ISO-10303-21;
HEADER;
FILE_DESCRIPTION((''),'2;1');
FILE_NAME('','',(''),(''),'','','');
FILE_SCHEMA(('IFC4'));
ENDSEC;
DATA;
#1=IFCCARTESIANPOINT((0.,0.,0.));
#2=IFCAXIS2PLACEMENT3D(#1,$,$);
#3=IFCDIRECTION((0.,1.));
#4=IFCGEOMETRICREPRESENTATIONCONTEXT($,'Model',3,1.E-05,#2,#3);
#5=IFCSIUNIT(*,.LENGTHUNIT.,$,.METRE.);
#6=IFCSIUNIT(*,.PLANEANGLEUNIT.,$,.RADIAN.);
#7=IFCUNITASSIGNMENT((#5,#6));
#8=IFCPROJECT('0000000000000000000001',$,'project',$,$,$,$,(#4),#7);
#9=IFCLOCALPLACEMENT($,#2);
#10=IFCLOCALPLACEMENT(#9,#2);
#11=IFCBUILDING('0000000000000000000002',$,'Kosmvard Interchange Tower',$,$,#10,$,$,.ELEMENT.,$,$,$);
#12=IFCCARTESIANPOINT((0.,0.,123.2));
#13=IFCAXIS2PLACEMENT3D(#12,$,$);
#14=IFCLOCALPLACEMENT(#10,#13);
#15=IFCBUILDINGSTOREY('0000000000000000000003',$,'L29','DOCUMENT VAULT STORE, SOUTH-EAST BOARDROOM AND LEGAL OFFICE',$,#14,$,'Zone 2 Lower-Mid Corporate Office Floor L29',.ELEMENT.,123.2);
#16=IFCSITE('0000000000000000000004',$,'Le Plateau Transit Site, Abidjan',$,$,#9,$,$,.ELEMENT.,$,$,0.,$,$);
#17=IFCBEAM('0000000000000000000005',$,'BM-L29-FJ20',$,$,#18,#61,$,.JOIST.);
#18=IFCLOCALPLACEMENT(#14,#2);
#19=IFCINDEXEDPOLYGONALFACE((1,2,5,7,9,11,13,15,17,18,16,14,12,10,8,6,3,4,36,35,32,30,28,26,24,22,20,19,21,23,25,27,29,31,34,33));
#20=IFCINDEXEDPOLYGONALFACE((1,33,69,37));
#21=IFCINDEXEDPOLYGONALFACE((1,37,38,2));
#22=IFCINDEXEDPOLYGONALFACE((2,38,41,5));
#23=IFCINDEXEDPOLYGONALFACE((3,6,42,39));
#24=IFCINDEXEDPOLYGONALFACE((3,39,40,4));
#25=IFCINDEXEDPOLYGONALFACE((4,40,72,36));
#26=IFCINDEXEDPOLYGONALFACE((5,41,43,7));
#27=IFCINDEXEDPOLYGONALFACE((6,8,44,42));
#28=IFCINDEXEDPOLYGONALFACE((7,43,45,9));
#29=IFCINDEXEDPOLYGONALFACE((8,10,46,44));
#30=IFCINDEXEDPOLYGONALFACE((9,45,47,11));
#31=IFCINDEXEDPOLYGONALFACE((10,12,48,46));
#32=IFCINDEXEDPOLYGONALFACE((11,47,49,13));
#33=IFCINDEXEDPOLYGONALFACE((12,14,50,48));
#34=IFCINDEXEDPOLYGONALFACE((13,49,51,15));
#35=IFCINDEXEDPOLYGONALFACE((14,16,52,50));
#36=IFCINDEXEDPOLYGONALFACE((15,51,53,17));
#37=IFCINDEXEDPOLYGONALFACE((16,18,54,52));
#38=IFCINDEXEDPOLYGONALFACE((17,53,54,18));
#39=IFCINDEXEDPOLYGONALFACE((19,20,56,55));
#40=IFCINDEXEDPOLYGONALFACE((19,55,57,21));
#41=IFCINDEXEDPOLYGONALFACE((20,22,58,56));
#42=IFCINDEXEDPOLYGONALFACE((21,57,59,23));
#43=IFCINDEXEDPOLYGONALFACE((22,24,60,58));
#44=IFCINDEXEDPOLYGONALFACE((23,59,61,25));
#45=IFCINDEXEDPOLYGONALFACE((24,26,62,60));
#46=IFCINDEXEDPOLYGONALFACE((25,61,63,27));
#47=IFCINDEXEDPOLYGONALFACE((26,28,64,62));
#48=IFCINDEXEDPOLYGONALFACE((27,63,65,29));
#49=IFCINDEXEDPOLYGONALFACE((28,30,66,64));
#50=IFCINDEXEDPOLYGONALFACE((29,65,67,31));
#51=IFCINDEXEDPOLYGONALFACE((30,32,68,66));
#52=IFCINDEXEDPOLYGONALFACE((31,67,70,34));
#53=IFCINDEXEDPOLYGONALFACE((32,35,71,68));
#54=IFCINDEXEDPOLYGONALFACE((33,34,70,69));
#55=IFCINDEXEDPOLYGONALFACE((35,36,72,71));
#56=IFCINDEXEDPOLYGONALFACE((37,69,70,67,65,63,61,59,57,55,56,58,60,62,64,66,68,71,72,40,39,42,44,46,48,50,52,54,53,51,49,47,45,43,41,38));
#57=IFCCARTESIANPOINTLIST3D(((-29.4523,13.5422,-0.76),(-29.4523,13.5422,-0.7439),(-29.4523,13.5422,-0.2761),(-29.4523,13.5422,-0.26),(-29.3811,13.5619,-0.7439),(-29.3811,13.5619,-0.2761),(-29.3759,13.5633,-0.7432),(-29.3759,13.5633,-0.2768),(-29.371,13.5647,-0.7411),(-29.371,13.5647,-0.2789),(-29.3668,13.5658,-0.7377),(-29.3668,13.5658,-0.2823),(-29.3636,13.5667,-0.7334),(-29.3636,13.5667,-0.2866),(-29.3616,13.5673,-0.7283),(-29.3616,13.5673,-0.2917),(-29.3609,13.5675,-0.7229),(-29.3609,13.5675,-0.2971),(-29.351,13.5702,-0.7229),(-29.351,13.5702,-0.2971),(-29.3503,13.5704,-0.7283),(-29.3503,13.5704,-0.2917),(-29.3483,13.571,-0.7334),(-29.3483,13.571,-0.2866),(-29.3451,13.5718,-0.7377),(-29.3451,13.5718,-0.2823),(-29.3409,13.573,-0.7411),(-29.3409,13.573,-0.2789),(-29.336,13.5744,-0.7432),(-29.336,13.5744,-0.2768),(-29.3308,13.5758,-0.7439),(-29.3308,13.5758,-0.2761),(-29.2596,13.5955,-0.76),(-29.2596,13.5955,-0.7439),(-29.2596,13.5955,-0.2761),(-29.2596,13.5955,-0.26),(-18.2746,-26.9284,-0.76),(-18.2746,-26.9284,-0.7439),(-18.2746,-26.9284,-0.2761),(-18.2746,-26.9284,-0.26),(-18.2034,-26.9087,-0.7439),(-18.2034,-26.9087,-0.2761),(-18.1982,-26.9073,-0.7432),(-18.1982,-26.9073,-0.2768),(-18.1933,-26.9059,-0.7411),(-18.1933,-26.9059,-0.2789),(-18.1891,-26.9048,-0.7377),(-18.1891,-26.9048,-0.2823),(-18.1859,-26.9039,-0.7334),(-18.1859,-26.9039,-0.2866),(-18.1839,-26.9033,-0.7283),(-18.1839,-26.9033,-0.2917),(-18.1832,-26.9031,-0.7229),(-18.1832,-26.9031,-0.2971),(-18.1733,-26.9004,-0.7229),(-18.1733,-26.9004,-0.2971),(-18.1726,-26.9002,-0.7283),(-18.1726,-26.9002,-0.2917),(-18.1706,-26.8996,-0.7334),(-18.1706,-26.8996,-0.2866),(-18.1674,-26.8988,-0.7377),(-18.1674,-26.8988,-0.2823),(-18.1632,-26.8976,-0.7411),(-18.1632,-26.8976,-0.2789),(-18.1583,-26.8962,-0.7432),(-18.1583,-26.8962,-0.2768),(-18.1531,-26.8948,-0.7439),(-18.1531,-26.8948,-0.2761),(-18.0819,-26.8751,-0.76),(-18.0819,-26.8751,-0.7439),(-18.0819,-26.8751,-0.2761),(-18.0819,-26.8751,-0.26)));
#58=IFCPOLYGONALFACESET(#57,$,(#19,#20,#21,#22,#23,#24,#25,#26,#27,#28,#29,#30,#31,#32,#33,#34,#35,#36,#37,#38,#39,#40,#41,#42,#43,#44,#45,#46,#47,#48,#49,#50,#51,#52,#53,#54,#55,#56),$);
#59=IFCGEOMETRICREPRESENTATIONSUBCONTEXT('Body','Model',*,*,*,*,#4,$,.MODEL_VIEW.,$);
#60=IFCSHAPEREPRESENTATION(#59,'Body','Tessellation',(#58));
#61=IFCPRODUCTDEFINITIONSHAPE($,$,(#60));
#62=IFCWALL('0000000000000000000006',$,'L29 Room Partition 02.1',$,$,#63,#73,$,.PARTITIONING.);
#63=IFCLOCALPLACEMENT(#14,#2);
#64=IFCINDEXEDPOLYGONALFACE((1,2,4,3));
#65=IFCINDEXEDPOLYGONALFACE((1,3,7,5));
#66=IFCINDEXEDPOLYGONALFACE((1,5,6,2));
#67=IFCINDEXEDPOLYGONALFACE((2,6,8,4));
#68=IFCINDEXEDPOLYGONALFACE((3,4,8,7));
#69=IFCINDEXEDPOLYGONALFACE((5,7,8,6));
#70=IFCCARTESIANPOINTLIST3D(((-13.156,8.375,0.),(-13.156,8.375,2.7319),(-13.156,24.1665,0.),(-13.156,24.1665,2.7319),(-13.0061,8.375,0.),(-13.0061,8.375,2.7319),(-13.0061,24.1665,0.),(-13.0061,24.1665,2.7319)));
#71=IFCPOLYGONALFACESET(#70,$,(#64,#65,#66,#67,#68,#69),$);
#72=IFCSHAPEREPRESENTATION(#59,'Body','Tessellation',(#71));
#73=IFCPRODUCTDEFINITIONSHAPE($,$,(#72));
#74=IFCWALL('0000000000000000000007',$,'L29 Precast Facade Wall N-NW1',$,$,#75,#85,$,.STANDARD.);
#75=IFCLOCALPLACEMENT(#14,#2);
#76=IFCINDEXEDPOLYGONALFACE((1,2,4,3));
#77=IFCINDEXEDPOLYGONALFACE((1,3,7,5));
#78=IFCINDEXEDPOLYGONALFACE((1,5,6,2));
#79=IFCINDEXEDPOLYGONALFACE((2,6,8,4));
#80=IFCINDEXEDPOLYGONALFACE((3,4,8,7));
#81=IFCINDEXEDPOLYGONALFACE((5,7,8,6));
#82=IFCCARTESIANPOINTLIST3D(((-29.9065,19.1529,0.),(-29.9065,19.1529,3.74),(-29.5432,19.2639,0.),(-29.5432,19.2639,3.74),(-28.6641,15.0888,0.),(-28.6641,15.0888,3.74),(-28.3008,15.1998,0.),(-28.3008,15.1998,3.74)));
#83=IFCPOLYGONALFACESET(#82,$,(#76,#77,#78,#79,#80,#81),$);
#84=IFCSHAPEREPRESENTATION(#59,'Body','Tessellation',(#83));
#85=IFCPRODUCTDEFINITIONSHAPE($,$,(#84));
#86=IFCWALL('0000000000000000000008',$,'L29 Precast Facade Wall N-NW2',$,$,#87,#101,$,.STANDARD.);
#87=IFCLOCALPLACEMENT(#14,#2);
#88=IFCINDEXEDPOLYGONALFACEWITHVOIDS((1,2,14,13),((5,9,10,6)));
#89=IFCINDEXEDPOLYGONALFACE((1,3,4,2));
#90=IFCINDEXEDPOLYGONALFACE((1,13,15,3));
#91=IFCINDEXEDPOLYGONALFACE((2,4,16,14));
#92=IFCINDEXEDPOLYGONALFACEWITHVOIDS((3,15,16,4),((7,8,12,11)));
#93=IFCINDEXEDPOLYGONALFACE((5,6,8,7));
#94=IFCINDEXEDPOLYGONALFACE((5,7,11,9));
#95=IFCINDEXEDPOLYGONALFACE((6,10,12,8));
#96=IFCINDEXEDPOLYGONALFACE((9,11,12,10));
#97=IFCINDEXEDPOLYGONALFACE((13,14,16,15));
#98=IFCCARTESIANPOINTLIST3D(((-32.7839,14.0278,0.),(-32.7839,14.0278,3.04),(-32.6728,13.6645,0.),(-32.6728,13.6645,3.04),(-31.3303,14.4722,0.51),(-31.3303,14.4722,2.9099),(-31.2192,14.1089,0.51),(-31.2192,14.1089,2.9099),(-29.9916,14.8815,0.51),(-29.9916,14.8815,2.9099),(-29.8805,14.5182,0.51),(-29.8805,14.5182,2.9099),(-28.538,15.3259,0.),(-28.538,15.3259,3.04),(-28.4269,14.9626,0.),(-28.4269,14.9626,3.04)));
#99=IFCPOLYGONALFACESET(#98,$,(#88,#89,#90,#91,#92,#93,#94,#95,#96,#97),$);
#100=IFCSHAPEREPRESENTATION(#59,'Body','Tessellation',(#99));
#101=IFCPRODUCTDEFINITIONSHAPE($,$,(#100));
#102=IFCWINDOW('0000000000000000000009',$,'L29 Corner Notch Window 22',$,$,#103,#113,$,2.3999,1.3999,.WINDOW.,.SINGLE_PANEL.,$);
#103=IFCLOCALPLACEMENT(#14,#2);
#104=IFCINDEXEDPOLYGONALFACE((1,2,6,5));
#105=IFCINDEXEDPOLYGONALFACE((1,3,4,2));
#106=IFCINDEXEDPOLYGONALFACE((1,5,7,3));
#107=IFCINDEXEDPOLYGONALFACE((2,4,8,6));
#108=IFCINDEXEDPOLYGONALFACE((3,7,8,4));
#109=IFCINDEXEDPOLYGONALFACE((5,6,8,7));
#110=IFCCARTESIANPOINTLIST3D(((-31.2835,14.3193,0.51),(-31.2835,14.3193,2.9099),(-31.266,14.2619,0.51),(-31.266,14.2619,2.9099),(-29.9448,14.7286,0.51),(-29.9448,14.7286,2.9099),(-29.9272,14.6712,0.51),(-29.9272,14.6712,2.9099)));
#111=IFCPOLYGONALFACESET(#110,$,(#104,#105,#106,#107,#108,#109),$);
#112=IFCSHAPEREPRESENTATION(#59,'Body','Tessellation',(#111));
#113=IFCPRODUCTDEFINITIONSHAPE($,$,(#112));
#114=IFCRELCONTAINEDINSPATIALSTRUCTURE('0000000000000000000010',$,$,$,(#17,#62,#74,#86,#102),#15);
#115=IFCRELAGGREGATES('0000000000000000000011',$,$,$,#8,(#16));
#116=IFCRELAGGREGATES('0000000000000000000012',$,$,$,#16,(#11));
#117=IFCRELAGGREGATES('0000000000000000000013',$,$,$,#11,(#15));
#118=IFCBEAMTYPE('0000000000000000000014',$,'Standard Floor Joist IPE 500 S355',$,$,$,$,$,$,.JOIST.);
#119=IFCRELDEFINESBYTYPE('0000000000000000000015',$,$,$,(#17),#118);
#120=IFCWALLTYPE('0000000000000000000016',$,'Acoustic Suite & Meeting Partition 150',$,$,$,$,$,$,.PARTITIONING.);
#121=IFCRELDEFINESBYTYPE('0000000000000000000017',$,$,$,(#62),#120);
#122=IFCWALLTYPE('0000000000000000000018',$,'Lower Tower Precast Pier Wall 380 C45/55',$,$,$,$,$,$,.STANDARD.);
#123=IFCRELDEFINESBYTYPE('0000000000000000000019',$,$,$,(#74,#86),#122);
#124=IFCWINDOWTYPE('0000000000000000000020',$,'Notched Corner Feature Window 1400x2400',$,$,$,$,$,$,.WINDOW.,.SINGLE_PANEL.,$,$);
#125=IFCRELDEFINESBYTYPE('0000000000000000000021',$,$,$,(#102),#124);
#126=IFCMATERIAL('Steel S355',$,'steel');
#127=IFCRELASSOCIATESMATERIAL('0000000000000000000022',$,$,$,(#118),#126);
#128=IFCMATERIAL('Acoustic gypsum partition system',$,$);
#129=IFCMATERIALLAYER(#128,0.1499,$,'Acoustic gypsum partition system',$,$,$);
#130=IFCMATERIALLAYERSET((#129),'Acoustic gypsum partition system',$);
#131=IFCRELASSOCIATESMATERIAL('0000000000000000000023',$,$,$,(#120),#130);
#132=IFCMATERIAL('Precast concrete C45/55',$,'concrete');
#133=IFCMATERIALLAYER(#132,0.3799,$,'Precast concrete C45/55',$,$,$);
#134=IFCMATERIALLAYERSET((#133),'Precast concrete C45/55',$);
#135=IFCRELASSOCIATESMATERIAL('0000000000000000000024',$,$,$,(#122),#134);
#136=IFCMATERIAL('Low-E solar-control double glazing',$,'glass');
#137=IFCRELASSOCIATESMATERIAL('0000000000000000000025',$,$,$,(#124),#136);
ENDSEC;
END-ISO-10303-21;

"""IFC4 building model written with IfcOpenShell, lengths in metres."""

from ifc_helpers import new_model, si_unit, direction, frame, frame_2d, origin, origin_2d, place, context, subcontext, project, spatial, rectangle, i_section, extrude, source, transform, mapped, material, layer, layer_set, material_profile, profile_set, type_object, element, fill, save


model = new_model("IFC4")

# Units and contexts
model_context = context("Model", 3, precision=1e-05, world=origin(), true_north=direction((0.0, 1.0)))
body_context = subcontext(model_context, "Body", "Model", "MODEL_VIEW")
ifc_project = project(units=[si_unit("LENGTHUNIT", "METRE"), si_unit("PLANEANGLEUNIT", "RADIAN")], contexts=[model_context])

# Site, building, storey
site_placement = place(None, origin())
site = spatial("IfcSite", under=ifc_project, at=site_placement, Name="Le Plateau Transit Site, Abidjan", CompositionType="ELEMENT", RefElevation=0.0)
building_placement = place(site_placement, origin())
building = spatial("IfcBuilding", under=site, at=building_placement, Name="Kosmvard Interchange Tower", CompositionType="ELEMENT")
storey_placement = place(building_placement, frame((0.0, 0.0, 123.2)))
storey = spatial("IfcBuildingStorey", under=building, at=storey_placement, Name="L29", Description="DOCUMENT VAULT STORE, SOUTH-EAST BOARDROOM AND LEGAL OFFICE", LongName="Zone 2 Lower-Mid Corporate Office Floor L29", CompositionType="ELEMENT", Elevation=123.2)

# Beam
ifc_material_1 = material(Name="Steel S355", Category="steel")
ifc_material_2 = material(Name="Precast concrete C45/55", Category="concrete")
ifc_material_profile_1 = material_profile(ifc_material_1, i_section(OverallWidth=0.2, OverallDepth=0.5, WebThickness=0.0103, FlangeThickness=0.0161, FilletRadius=0.021, at=origin_2d()), Name="IPE 500")
ifc_profile_set_1 = profile_set([ifc_material_profile_1], Name="Steel S355")
beam_type_1 = type_object("IfcBeamType", Name="Standard Floor Joist IPE 500 S355", PredefinedType="JOIST", material=ifc_profile_set_1)
shared_shape_1 = source(origin(), body_context, "Body", "SweptSolid", [
    extrude(i_section(OverallWidth=0.2, OverallDepth=0.5, WebThickness=0.0103, FlangeThickness=0.0161, FilletRadius=0.021, at=origin_2d()), origin(), (0.0, 0.0, 1.0), 41.9858),
])
beam_1_placement = place(storey_placement, frame((-29.356, 13.5688, -0.51), z_axis=(0.266226, -0.963911, 0.0), x_axis=(0.963911, 0.266226, 0.0)))
element("IfcBeam", 1, at=beam_1_placement, inside=storey, type_object=beam_type_1, Name="BM-L29-FJ20", PredefinedType="JOIST", context=body_context, shape_type="MappedRepresentation", body=[
    mapped(shared_shape_1, transform((0.0, 0.0, 0.0), scale=1.0)),
])

# Walls
ifc_material_3 = material(Name="Acoustic gypsum partition system")
ifc_layer_1 = layer(ifc_material_3, 0.1499, Name="Acoustic gypsum partition system")
ifc_layer_set_1 = layer_set([ifc_layer_1], Name="Acoustic gypsum partition system")
wall_type_1 = type_object("IfcWallType", Name="Acoustic Suite & Meeting Partition 150", PredefinedType="PARTITIONING", material=ifc_layer_set_1)
wall_1_placement = place(storey_placement, frame((-13.0811, 8.375, 0.0), z_axis=(0.0, 0.0, 1.0), x_axis=(0.0, 1.0, 0.0)))
element("IfcWall", 2, at=wall_1_placement, inside=storey, type_object=wall_type_1, Name="L29 Room Partition 02.1", PredefinedType="PARTITIONING", context=body_context, shape_type="SweptSolid", body=[
    extrude(rectangle(XDim=15.7915, YDim=0.1499, at=frame_2d((7.8958, 0.0))), origin(), (0.0, 0.0, 1.0), 2.7319),
])
ifc_layer_2 = layer(ifc_material_2, 0.3799, Name="Precast concrete C45/55")
ifc_layer_set_2 = layer_set([ifc_layer_2], Name="Precast concrete C45/55")
wall_type_2 = type_object("IfcWallType", Name="Lower Tower Precast Pier Wall 380 C45/55", PredefinedType="STANDARD", material=ifc_layer_set_2)
wall_2_placement = place(storey_placement, frame((-29.7249, 19.2085, 0.0), z_axis=(0.0, 0.0, 1.0), x_axis=(0.292346, -0.956313, 0.0)))
element("IfcWall", 3, at=wall_2_placement, inside=storey, type_object=wall_type_2, Name="L29 Precast Facade Wall N-NW1", PredefinedType="STANDARD", context=body_context, shape_type="SweptSolid", body=[
    extrude(rectangle(XDim=4.2498, YDim=0.3799, at=frame_2d((2.125, 0.0))), origin(), (0.0, 0.0, 1.0), 3.74),
])

# Wall, opening, window
wall_3_placement = place(storey_placement, frame((-28.4824, 15.1443, 0.0), z_axis=(0.0, 0.0, 1.0), x_axis=(-0.956304, -0.292374, 0.0)))
wall_3 = element("IfcWall", 4, at=wall_3_placement, inside=storey, type_object=wall_type_2, Name="L29 Precast Facade Wall N-NW2", PredefinedType="STANDARD", context=body_context, shape_type="SweptSolid", body=[
    extrude(rectangle(XDim=4.4399, YDim=0.3799, at=frame_2d((2.22, 0.0))), origin(), (0.0, 0.0, 1.0), 3.04),
])
opening_1_placement = place(wall_3_placement, frame((1.52, 0.0, 0.51)))
opening_1 = element("IfcOpeningElement", 5, at=opening_1_placement, cuts=wall_3, PredefinedType="OPENING", context=body_context, shape_type="SweptSolid", body=[
    extrude(rectangle(XDim=1.3999, YDim=2.3999, at=frame_2d((0.7, 1.2))), frame((0.0, 0.2, 0.0), z_axis=(0.0, -1.0, 0.0), x_axis=(1.0, 0.0, 0.0)), (0.0, 0.0, 1.0), 0.3999),
])
ifc_material_4 = material(Name="Low-E solar-control double glazing", Category="glass")
window_type_1 = type_object("IfcWindowType", Name="Notched Corner Feature Window 1400x2400", PartitioningType="SINGLE_PANEL", PredefinedType="WINDOW", material=ifc_material_4)
shared_shape_2 = source(origin(), body_context, "Body", "SweptSolid", [
    extrude(rectangle(XDim=1.3999, YDim=2.3999, at=frame_2d((0.7, 1.2))), frame((0.0, 0.03, 0.0), z_axis=(0.0, -1.0, 0.0), x_axis=(1.0, 0.0, 0.0)), (0.0, 0.0, 1.0), 0.0601),
])
window_1_placement = place(opening_1_placement, origin())
window_1 = element("IfcWindow", 6, at=window_1_placement, inside=storey, type_object=window_type_1, Name="L29 Corner Notch Window 22", OverallHeight=2.3999, OverallWidth=1.3999, PartitioningType="SINGLE_PANEL", PredefinedType="WINDOW", context=body_context, shape_type="MappedRepresentation", body=[
    mapped(shared_shape_2, transform((0.0, 0.0, 0.0), scale=1.0)),
])
fill(opening_1, window_1)

save(model, "model.ifc")
